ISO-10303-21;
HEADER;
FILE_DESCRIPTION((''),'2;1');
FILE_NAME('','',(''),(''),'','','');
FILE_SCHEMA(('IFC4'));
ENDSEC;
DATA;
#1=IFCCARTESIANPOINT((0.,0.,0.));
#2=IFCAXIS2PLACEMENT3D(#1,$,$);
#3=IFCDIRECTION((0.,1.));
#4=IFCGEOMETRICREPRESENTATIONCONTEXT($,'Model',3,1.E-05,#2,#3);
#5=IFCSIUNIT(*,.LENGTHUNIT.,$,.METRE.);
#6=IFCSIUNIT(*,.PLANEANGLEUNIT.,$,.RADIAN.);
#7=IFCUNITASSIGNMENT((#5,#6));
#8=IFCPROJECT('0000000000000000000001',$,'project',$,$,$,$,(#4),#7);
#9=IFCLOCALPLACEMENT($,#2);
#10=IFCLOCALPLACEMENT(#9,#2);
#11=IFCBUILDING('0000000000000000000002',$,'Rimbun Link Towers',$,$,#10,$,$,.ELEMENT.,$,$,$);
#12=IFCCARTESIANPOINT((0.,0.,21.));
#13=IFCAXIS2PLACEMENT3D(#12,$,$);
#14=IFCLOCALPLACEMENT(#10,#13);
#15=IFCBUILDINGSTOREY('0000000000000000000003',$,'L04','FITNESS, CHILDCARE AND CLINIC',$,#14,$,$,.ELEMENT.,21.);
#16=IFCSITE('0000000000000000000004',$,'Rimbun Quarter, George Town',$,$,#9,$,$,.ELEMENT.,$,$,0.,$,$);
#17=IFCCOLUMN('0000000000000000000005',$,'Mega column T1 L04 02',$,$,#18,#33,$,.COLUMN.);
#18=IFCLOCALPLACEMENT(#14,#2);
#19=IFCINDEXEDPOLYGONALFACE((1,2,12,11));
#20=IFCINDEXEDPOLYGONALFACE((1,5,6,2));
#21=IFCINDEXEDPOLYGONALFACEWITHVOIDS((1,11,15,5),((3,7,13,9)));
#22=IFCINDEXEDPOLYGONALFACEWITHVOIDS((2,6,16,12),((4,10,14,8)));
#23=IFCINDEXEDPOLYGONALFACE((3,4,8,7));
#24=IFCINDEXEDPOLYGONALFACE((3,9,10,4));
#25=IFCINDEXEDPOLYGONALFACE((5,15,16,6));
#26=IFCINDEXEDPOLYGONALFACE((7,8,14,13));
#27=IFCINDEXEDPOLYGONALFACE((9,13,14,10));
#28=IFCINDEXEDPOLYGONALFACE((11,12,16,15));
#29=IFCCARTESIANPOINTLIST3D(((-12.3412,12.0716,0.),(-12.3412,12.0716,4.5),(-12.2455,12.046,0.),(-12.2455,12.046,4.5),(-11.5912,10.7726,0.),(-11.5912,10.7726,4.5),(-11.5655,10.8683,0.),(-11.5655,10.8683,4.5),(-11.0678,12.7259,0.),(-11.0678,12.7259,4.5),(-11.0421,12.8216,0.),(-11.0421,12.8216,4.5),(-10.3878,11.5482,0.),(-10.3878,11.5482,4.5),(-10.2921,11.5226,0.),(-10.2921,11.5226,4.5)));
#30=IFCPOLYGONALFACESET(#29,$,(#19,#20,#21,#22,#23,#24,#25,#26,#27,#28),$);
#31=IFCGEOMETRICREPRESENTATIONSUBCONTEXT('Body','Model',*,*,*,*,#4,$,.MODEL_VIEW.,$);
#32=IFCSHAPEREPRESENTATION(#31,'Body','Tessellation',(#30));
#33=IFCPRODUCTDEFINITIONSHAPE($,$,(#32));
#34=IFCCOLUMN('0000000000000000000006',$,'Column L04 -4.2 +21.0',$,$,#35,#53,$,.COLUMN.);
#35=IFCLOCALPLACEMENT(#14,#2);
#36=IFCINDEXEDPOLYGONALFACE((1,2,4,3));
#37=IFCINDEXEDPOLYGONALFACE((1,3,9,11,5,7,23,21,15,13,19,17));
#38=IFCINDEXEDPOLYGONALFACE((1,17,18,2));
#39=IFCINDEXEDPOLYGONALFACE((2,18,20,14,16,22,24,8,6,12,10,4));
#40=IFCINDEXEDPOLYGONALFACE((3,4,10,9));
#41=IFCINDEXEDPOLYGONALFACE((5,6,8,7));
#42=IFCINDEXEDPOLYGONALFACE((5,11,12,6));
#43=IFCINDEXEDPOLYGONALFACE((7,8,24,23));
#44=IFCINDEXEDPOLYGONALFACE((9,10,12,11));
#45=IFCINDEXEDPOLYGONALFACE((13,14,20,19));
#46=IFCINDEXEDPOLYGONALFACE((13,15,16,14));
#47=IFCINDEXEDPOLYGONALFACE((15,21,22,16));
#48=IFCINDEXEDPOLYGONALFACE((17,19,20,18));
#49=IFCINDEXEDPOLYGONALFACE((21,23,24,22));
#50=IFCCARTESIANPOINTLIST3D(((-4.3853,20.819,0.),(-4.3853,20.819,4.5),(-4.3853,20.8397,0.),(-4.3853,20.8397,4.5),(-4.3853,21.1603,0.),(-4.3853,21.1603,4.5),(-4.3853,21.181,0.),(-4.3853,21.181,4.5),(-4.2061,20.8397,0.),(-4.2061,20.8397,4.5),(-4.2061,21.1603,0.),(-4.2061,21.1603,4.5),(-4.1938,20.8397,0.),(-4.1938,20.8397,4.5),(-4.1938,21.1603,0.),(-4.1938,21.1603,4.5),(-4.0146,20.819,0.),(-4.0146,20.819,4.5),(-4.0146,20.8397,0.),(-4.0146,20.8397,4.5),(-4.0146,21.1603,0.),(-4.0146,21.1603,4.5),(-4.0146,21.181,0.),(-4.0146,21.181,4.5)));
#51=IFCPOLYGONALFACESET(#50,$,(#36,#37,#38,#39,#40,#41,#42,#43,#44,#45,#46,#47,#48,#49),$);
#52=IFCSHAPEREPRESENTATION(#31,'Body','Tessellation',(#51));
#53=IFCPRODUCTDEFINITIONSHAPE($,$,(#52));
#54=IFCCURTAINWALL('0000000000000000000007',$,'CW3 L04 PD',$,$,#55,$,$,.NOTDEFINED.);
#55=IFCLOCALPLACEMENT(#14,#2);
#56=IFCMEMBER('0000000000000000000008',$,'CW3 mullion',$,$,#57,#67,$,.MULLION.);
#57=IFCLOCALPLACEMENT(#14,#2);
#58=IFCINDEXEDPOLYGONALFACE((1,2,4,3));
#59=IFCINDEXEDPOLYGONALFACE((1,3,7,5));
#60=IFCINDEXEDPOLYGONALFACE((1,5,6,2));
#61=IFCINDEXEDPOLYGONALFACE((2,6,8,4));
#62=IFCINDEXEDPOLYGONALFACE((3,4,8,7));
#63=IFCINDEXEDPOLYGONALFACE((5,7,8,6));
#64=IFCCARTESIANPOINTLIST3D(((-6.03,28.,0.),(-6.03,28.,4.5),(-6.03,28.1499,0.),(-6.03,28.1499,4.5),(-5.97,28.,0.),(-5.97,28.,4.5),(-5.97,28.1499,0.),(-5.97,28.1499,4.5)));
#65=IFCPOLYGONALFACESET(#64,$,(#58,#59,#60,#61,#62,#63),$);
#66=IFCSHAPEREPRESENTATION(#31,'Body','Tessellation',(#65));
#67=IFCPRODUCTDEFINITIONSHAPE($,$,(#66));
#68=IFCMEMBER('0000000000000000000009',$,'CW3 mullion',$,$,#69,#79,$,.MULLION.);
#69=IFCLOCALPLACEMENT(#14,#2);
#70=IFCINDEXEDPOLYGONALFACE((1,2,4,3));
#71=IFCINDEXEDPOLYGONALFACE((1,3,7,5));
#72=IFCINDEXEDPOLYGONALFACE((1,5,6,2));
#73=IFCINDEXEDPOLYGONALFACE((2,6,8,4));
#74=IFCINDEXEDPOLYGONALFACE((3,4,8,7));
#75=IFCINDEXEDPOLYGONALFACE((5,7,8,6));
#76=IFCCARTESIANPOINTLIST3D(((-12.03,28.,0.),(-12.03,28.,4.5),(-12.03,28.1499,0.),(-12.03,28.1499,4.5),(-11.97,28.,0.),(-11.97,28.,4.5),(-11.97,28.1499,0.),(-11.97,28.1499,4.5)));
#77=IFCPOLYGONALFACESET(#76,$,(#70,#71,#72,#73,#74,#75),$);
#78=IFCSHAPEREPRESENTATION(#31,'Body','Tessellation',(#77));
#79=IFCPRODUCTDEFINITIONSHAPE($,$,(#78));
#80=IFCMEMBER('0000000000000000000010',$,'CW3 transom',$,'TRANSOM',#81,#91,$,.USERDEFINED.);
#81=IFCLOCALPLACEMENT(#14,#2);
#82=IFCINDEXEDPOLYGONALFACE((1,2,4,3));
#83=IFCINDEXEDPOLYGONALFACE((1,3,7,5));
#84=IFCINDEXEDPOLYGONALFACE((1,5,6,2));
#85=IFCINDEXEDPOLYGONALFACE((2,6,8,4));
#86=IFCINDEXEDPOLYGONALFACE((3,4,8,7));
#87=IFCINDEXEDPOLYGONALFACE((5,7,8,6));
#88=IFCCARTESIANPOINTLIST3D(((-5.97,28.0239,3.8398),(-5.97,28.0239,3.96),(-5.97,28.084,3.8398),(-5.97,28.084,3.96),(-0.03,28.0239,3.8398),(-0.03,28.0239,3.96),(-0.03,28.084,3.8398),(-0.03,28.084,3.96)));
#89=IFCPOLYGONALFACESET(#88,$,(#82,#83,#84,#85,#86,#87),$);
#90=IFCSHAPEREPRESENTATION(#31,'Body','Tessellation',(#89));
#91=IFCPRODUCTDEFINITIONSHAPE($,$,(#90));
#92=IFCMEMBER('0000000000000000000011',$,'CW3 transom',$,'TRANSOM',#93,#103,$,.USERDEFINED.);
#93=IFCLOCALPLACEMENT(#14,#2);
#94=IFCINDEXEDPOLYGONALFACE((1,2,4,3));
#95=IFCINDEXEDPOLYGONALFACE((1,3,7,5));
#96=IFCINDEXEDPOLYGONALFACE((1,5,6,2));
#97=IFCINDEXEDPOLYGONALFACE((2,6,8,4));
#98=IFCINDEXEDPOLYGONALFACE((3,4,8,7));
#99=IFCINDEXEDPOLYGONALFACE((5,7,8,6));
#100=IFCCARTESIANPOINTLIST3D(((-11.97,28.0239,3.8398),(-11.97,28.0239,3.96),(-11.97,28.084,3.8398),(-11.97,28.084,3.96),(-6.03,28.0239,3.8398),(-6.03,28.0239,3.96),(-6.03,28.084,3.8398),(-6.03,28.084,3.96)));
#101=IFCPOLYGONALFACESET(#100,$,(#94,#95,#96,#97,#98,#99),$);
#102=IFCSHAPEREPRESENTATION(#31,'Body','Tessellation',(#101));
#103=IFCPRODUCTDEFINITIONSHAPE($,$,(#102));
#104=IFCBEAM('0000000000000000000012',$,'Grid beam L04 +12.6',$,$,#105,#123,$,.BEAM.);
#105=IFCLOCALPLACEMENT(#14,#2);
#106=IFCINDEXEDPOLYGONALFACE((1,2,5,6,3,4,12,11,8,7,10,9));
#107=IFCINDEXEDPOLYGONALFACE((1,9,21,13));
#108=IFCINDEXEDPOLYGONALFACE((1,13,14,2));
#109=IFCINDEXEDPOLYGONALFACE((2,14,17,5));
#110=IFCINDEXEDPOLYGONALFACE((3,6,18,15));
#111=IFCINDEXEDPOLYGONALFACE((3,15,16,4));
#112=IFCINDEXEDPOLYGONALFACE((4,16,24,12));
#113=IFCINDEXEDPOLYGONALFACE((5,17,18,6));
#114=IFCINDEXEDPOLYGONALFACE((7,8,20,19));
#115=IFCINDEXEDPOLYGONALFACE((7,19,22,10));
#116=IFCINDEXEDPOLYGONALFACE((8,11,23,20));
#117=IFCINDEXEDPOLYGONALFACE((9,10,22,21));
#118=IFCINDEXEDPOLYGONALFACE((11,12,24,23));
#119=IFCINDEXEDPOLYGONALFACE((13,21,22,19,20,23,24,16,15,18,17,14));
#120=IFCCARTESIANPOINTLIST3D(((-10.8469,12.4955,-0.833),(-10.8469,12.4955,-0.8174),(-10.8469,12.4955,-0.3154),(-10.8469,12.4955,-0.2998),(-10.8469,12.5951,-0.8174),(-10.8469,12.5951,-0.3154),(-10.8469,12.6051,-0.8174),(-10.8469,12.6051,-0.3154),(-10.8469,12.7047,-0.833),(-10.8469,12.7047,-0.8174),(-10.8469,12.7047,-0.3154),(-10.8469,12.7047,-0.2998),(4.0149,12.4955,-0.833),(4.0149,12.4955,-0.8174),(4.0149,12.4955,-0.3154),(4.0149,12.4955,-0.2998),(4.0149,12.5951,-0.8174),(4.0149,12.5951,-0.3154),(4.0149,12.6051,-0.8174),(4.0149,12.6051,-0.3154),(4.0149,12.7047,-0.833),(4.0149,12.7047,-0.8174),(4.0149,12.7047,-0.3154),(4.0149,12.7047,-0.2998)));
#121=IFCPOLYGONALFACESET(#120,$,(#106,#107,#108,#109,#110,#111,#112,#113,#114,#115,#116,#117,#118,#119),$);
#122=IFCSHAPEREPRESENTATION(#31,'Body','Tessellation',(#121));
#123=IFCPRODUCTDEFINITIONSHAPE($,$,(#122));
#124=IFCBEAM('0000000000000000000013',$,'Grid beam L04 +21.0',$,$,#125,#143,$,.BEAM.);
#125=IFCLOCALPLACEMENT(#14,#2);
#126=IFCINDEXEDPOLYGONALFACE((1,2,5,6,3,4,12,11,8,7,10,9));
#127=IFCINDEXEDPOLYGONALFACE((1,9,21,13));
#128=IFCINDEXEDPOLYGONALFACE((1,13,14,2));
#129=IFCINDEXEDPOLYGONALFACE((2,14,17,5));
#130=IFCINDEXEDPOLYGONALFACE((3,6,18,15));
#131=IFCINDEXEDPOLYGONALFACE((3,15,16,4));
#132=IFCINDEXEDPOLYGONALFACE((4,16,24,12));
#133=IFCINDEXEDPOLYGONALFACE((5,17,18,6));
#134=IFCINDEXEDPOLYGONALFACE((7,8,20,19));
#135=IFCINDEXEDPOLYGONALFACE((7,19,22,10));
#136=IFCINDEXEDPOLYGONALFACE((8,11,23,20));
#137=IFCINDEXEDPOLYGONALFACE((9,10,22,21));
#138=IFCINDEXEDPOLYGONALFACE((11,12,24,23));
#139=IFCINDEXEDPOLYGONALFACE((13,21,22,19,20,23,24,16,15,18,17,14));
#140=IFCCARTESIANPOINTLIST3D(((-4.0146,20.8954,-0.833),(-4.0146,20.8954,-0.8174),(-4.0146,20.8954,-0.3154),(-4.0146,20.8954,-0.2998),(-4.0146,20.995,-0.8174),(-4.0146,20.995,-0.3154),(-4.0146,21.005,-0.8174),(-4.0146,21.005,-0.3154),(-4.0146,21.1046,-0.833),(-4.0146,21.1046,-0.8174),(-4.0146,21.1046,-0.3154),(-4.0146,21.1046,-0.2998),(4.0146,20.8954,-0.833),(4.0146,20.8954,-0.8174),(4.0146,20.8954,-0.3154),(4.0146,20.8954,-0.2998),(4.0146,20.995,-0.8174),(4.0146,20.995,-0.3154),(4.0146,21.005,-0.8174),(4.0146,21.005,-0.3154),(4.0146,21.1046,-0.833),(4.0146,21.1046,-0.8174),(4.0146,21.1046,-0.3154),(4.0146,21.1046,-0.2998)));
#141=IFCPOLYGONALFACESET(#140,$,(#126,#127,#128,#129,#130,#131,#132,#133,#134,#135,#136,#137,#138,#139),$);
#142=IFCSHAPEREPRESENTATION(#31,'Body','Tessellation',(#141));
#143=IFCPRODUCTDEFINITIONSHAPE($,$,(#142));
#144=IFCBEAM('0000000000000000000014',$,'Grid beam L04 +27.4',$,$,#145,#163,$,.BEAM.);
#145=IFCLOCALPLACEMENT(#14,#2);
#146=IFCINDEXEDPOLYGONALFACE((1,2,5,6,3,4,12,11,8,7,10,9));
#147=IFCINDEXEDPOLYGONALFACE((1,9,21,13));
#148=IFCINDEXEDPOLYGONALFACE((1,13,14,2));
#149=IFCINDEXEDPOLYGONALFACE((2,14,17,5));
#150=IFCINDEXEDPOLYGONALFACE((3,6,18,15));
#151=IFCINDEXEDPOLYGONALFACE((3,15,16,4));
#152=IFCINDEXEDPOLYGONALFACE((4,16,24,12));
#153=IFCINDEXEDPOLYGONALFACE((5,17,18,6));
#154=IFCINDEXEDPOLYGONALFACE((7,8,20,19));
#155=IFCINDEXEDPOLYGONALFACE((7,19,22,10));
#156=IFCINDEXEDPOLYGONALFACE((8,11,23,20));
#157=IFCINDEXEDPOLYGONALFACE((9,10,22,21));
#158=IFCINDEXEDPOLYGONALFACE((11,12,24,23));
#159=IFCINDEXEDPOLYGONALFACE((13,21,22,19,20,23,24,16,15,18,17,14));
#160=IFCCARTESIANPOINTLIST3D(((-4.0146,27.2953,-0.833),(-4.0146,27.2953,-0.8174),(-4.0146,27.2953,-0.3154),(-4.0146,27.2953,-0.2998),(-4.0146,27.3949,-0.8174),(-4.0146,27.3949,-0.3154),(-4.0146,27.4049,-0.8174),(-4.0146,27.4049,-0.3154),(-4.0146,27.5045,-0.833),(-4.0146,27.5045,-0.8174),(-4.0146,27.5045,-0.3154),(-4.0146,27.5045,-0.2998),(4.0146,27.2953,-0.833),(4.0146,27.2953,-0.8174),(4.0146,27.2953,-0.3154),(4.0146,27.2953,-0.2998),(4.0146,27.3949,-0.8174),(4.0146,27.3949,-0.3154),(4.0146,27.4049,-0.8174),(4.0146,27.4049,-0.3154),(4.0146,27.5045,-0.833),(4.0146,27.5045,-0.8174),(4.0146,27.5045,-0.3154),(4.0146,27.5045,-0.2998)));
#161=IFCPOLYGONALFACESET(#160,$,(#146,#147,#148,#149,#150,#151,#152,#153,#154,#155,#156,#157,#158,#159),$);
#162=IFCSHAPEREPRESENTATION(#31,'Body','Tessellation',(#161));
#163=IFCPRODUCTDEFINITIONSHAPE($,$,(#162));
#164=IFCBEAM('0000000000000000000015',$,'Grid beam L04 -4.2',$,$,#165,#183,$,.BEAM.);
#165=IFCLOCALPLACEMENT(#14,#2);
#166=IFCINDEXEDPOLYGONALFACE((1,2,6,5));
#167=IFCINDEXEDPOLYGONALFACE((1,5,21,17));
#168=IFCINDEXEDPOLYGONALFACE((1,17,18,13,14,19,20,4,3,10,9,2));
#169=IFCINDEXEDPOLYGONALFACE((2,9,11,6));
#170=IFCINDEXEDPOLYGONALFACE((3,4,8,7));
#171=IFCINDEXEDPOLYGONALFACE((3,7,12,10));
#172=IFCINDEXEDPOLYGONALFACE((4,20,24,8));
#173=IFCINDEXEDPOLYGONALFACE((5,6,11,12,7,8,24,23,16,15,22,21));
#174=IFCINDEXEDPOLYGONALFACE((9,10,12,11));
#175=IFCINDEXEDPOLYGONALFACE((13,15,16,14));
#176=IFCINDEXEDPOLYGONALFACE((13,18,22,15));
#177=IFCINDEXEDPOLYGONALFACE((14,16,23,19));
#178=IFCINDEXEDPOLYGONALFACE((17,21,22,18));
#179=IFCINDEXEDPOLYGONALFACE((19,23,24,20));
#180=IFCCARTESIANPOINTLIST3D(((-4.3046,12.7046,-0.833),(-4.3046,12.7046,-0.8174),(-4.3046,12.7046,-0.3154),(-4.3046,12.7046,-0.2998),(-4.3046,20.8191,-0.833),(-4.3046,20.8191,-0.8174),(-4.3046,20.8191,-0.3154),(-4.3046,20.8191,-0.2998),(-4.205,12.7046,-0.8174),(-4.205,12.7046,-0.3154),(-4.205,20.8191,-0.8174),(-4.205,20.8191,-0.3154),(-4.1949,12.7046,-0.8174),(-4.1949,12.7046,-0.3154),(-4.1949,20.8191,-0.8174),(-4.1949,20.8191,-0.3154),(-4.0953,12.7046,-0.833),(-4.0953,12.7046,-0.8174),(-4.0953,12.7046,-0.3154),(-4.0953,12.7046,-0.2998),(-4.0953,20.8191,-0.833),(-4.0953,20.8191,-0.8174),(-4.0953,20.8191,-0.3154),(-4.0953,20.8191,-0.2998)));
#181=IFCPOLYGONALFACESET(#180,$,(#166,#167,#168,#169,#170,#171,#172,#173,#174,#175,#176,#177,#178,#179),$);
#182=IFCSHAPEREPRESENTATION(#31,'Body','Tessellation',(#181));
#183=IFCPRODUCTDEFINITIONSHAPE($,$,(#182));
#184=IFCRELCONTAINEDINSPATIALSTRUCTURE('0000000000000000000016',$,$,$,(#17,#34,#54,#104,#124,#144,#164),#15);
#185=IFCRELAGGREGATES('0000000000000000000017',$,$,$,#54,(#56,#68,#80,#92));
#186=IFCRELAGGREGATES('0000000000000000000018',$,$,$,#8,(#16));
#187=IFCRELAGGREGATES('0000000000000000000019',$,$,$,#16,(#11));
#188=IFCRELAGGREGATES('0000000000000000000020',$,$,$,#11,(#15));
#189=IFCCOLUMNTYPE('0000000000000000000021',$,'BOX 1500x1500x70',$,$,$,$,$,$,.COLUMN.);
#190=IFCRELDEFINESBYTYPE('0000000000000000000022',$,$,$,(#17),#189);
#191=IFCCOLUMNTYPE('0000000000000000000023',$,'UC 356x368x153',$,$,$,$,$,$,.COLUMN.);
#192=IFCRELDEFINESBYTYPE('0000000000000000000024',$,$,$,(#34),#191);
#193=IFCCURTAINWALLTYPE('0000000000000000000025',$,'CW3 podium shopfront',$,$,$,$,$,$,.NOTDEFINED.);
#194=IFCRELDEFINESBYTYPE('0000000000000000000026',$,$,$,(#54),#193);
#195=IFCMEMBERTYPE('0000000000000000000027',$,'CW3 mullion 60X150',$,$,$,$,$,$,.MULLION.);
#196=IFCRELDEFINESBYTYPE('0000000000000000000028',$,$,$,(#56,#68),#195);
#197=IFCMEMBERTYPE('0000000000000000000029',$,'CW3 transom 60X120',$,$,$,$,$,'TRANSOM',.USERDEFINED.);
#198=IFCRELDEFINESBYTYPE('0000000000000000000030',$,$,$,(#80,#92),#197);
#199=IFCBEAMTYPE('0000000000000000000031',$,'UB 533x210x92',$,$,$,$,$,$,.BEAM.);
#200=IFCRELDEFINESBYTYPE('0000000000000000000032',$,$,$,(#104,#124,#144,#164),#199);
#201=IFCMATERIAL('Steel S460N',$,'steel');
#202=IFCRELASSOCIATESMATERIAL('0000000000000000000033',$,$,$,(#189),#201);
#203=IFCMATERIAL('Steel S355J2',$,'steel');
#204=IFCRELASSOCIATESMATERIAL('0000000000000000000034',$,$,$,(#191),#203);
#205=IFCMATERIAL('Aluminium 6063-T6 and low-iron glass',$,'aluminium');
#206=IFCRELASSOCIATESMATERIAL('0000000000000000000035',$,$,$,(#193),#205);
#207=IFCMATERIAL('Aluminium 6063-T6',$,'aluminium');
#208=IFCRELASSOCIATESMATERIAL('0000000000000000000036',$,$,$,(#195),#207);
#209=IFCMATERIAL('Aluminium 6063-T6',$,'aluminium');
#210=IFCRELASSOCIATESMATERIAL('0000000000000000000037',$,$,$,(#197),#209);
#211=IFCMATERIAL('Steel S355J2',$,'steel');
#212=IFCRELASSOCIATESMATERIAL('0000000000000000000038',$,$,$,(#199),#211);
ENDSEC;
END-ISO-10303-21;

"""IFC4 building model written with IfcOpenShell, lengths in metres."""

from ifc_helpers import new_model, si_unit, direction, frame, origin, origin_2d, place, context, subcontext, project, spatial, rectangle, hollow_rectangle, i_section, extrude, material, material_profile, profile_set, type_object, element, aggregate, save


model = new_model("IFC4")

# Units and contexts
model_context = context("Model", 3, precision=1e-05, world=origin(), true_north=direction((0.0, 1.0)))
body_context = subcontext(model_context, "Body", "Model", "MODEL_VIEW")
ifc_project = project(units=[si_unit("LENGTHUNIT", "METRE"), si_unit("PLANEANGLEUNIT", "RADIAN")], contexts=[model_context])

# Site, building, storey
site_placement = place(None, origin())
site = spatial("IfcSite", under=ifc_project, at=site_placement, Name="Rimbun Quarter, George Town", CompositionType="ELEMENT", RefElevation=0.0)
building_placement = place(site_placement, origin())
building = spatial("IfcBuilding", under=site, at=building_placement, Name="Rimbun Link Towers", CompositionType="ELEMENT")
storey_placement = place(building_placement, frame((0.0, 0.0, 21.0)))
storey = spatial("IfcBuildingStorey", under=building, at=storey_placement, Name="L04", Description="FITNESS, CHILDCARE AND CLINIC", CompositionType="ELEMENT", Elevation=21.0)

# Columns
ifc_material_1 = material(Name="Steel S460N", Category="steel")
ifc_material_profile_1 = material_profile(ifc_material_1, hollow_rectangle(XDim=1.5, YDim=1.5, WallThickness=0.0701, at=origin_2d()), Name="BOX 1500x1500x70")
ifc_profile_set_1 = profile_set([ifc_material_profile_1], Name="Steel S460N")
column_type_1 = type_object("IfcColumnType", Name="BOX 1500x1500x70", PredefinedType="COLUMN", material=ifc_profile_set_1)
column_1_placement = place(storey_placement, frame((-11.3167, 11.7971, 0.0), z_axis=(0.0, 0.0, 1.0), x_axis=(0.866025, 0.5, 0.0)))
element("IfcColumn", 1, at=column_1_placement, inside=storey, type_object=column_type_1, Name="Mega column T1 L04 02", PredefinedType="COLUMN", context=body_context, shape_type="SweptSolid", body=[
    extrude(hollow_rectangle(XDim=1.5, YDim=1.5, WallThickness=0.0701, at=origin_2d()), origin(), (0.0, 0.0, 1.0), 4.5),
])
ifc_material_2 = material(Name="Steel S355J2", Category="steel")
ifc_material_profile_2 = material_profile(ifc_material_2, i_section(OverallWidth=0.3706, OverallDepth=0.3621, WebThickness=0.0122, FlangeThickness=0.0208, at=origin_2d()), Name="UC 356x368x153")
ifc_profile_set_2 = profile_set([ifc_material_profile_2], Name="Steel S355J2")
column_type_2 = type_object("IfcColumnType", Name="UC 356x368x153", PredefinedType="COLUMN", material=ifc_profile_set_2)
column_2_placement = place(storey_placement, frame((-4.2, 21.0, 0.0), z_axis=(0.0, 0.0, 1.0), x_axis=(1.0, 0.0, 0.0)))
element("IfcColumn", 2, at=column_2_placement, inside=storey, type_object=column_type_2, Name="Column L04 -4.2 +21.0", PredefinedType="COLUMN", context=body_context, shape_type="SweptSolid", body=[
    extrude(i_section(OverallWidth=0.3706, OverallDepth=0.3621, WebThickness=0.0122, FlangeThickness=0.0208, at=origin_2d()), origin(), (0.0, 0.0, 1.0), 4.5),
])

# Curtain wall, members
ifc_material_3 = material(Name="Aluminium 6063-T6 and low-iron glass", Category="aluminium")
curtain_wall_type = type_object("IfcCurtainWallType", Name="CW3 podium shopfront", PredefinedType="NOTDEFINED", material=ifc_material_3)
curtain_wall_placement = place(storey_placement, origin())
curtain_wall = element("IfcCurtainWall", 3, at=curtain_wall_placement, inside=storey, type_object=curtain_wall_type, Name="CW3 L04 PD", PredefinedType="NOTDEFINED")
ifc_material_4 = material(Name="Aluminium 6063-T6", Category="aluminium")
ifc_material_profile_3 = material_profile(ifc_material_4, rectangle(XDim=0.1499, YDim=0.0601, at=origin_2d()), Name="MULLION 60X150")
ifc_profile_set_3 = profile_set([ifc_material_profile_3], Name="Aluminium 6063-T6")
member_type_1 = type_object("IfcMemberType", Name="CW3 mullion 60X150", PredefinedType="MULLION", material=ifc_profile_set_3)
member_1_placement = place(storey_placement, frame((-6.0, 28.075, 0.0), z_axis=(0.0, 0.0, 1.0), x_axis=(0.0, 1.0, 0.0)))
member_1 = element("IfcMember", 4, at=member_1_placement, type_object=member_type_1, Name="CW3 mullion", PredefinedType="MULLION", context=body_context, shape_type="SweptSolid", body=[
    extrude(rectangle(XDim=0.1499, YDim=0.0601, at=origin_2d()), origin(), (0.0, 0.0, 1.0), 4.5),
])
member_2_placement = place(storey_placement, frame((-12.0, 28.075, 0.0), z_axis=(0.0, 0.0, 1.0), x_axis=(0.0, 1.0, 0.0)))
member_2 = element("IfcMember", 5, at=member_2_placement, type_object=member_type_1, Name="CW3 mullion", PredefinedType="MULLION", context=body_context, shape_type="SweptSolid", body=[
    extrude(rectangle(XDim=0.1499, YDim=0.0601, at=origin_2d()), origin(), (0.0, 0.0, 1.0), 4.5),
])
ifc_material_5 = material(Name="Aluminium 6063-T6", Category="aluminium")
ifc_material_profile_4 = material_profile(ifc_material_5, rectangle(XDim=0.0601, YDim=0.1201, at=origin_2d()), Name="TRANSOM 60X120")
ifc_profile_set_4 = profile_set([ifc_material_profile_4], Name="Aluminium 6063-T6")
member_type_2 = type_object("IfcMemberType", Name="CW3 transom 60X120", ElementType="TRANSOM", PredefinedType="USERDEFINED", material=ifc_profile_set_4)
member_3_placement = place(storey_placement, frame((-5.97, 28.054, 3.8999), z_axis=(1.0, 0.0, 0.0), x_axis=(0.0, 1.0, 0.0)))
member_3 = element("IfcMember", 6, at=member_3_placement, type_object=member_type_2, Name="CW3 transom", ObjectType="TRANSOM", PredefinedType="USERDEFINED", context=body_context, shape_type="SweptSolid", body=[
    extrude(rectangle(XDim=0.0601, YDim=0.1201, at=origin_2d()), origin(), (0.0, 0.0, 1.0), 5.9399),
])
member_4_placement = place(storey_placement, frame((-11.97, 28.054, 3.8999), z_axis=(1.0, 0.0, 0.0), x_axis=(0.0, 1.0, 0.0)))
member_4 = element("IfcMember", 7, at=member_4_placement, type_object=member_type_2, Name="CW3 transom", ObjectType="TRANSOM", PredefinedType="USERDEFINED", context=body_context, shape_type="SweptSolid", body=[
    extrude(rectangle(XDim=0.0601, YDim=0.1201, at=origin_2d()), origin(), (0.0, 0.0, 1.0), 5.9399),
])

# Beams
ifc_material_6 = material(Name="Steel S355J2", Category="steel")
ifc_material_profile_5 = material_profile(ifc_material_6, i_section(OverallWidth=0.2092, OverallDepth=0.5332, WebThickness=0.01, FlangeThickness=0.0156, at=origin_2d()), Name="UB 533x210x92")
ifc_profile_set_5 = profile_set([ifc_material_profile_5], Name="Steel S355J2")
beam_type = type_object("IfcBeamType", Name="UB 533x210x92", PredefinedType="BEAM", material=ifc_profile_set_5)
beam_1_placement = place(storey_placement, frame((-10.8469, 12.6001, -0.5664), z_axis=(1.0, 0.0, 0.0), x_axis=(0.0, 1.0, 0.0)))
element("IfcBeam", 8, at=beam_1_placement, inside=storey, type_object=beam_type, Name="Grid beam L04 +12.6", PredefinedType="BEAM", context=body_context, shape_type="SweptSolid", body=[
    extrude(i_section(OverallWidth=0.2092, OverallDepth=0.5332, WebThickness=0.01, FlangeThickness=0.0156, at=origin_2d()), origin(), (0.0, 0.0, 1.0), 14.8618),
])
for number, where, z_axis, x_axis, name in (
    (9, (-4.0146, 21.0, -0.5664), (1.0, 0.0, 0.0), (0.0, 1.0, 0.0), "Grid beam L04 +21.0"),
    (10, (-4.0146, 27.3999, -0.5664), (1.0, 0.0, 0.0), (0.0, 1.0, 0.0), "Grid beam L04 +27.4"),
):
    element("IfcBeam", number, at=place(storey_placement, frame(where, z_axis=z_axis, x_axis=x_axis)), inside=storey, type_object=beam_type, Name=name, PredefinedType="BEAM", context=body_context, shape_type="SweptSolid", body=[
        extrude(i_section(OverallWidth=0.2092, OverallDepth=0.5332, WebThickness=0.01, FlangeThickness=0.0156, at=origin_2d()), origin(), (0.0, 0.0, 1.0), 8.0293),
    ])
beam_2_placement = place(storey_placement, frame((-4.2, 12.7046, -0.5664), z_axis=(0.0, 1.0, 0.0), x_axis=(-1.0, 0.0, 0.0)))
element("IfcBeam", 11, at=beam_2_placement, inside=storey, type_object=beam_type, Name="Grid beam L04 -4.2", PredefinedType="BEAM", context=body_context, shape_type="SweptSolid", body=[
    extrude(i_section(OverallWidth=0.2092, OverallDepth=0.5332, WebThickness=0.01, FlangeThickness=0.0156, at=origin_2d()), origin(), (0.0, 0.0, 1.0), 8.1145),
])

aggregate(curtain_wall, [member_1, member_2, member_3, member_4])

save(model, "model.ifc")
